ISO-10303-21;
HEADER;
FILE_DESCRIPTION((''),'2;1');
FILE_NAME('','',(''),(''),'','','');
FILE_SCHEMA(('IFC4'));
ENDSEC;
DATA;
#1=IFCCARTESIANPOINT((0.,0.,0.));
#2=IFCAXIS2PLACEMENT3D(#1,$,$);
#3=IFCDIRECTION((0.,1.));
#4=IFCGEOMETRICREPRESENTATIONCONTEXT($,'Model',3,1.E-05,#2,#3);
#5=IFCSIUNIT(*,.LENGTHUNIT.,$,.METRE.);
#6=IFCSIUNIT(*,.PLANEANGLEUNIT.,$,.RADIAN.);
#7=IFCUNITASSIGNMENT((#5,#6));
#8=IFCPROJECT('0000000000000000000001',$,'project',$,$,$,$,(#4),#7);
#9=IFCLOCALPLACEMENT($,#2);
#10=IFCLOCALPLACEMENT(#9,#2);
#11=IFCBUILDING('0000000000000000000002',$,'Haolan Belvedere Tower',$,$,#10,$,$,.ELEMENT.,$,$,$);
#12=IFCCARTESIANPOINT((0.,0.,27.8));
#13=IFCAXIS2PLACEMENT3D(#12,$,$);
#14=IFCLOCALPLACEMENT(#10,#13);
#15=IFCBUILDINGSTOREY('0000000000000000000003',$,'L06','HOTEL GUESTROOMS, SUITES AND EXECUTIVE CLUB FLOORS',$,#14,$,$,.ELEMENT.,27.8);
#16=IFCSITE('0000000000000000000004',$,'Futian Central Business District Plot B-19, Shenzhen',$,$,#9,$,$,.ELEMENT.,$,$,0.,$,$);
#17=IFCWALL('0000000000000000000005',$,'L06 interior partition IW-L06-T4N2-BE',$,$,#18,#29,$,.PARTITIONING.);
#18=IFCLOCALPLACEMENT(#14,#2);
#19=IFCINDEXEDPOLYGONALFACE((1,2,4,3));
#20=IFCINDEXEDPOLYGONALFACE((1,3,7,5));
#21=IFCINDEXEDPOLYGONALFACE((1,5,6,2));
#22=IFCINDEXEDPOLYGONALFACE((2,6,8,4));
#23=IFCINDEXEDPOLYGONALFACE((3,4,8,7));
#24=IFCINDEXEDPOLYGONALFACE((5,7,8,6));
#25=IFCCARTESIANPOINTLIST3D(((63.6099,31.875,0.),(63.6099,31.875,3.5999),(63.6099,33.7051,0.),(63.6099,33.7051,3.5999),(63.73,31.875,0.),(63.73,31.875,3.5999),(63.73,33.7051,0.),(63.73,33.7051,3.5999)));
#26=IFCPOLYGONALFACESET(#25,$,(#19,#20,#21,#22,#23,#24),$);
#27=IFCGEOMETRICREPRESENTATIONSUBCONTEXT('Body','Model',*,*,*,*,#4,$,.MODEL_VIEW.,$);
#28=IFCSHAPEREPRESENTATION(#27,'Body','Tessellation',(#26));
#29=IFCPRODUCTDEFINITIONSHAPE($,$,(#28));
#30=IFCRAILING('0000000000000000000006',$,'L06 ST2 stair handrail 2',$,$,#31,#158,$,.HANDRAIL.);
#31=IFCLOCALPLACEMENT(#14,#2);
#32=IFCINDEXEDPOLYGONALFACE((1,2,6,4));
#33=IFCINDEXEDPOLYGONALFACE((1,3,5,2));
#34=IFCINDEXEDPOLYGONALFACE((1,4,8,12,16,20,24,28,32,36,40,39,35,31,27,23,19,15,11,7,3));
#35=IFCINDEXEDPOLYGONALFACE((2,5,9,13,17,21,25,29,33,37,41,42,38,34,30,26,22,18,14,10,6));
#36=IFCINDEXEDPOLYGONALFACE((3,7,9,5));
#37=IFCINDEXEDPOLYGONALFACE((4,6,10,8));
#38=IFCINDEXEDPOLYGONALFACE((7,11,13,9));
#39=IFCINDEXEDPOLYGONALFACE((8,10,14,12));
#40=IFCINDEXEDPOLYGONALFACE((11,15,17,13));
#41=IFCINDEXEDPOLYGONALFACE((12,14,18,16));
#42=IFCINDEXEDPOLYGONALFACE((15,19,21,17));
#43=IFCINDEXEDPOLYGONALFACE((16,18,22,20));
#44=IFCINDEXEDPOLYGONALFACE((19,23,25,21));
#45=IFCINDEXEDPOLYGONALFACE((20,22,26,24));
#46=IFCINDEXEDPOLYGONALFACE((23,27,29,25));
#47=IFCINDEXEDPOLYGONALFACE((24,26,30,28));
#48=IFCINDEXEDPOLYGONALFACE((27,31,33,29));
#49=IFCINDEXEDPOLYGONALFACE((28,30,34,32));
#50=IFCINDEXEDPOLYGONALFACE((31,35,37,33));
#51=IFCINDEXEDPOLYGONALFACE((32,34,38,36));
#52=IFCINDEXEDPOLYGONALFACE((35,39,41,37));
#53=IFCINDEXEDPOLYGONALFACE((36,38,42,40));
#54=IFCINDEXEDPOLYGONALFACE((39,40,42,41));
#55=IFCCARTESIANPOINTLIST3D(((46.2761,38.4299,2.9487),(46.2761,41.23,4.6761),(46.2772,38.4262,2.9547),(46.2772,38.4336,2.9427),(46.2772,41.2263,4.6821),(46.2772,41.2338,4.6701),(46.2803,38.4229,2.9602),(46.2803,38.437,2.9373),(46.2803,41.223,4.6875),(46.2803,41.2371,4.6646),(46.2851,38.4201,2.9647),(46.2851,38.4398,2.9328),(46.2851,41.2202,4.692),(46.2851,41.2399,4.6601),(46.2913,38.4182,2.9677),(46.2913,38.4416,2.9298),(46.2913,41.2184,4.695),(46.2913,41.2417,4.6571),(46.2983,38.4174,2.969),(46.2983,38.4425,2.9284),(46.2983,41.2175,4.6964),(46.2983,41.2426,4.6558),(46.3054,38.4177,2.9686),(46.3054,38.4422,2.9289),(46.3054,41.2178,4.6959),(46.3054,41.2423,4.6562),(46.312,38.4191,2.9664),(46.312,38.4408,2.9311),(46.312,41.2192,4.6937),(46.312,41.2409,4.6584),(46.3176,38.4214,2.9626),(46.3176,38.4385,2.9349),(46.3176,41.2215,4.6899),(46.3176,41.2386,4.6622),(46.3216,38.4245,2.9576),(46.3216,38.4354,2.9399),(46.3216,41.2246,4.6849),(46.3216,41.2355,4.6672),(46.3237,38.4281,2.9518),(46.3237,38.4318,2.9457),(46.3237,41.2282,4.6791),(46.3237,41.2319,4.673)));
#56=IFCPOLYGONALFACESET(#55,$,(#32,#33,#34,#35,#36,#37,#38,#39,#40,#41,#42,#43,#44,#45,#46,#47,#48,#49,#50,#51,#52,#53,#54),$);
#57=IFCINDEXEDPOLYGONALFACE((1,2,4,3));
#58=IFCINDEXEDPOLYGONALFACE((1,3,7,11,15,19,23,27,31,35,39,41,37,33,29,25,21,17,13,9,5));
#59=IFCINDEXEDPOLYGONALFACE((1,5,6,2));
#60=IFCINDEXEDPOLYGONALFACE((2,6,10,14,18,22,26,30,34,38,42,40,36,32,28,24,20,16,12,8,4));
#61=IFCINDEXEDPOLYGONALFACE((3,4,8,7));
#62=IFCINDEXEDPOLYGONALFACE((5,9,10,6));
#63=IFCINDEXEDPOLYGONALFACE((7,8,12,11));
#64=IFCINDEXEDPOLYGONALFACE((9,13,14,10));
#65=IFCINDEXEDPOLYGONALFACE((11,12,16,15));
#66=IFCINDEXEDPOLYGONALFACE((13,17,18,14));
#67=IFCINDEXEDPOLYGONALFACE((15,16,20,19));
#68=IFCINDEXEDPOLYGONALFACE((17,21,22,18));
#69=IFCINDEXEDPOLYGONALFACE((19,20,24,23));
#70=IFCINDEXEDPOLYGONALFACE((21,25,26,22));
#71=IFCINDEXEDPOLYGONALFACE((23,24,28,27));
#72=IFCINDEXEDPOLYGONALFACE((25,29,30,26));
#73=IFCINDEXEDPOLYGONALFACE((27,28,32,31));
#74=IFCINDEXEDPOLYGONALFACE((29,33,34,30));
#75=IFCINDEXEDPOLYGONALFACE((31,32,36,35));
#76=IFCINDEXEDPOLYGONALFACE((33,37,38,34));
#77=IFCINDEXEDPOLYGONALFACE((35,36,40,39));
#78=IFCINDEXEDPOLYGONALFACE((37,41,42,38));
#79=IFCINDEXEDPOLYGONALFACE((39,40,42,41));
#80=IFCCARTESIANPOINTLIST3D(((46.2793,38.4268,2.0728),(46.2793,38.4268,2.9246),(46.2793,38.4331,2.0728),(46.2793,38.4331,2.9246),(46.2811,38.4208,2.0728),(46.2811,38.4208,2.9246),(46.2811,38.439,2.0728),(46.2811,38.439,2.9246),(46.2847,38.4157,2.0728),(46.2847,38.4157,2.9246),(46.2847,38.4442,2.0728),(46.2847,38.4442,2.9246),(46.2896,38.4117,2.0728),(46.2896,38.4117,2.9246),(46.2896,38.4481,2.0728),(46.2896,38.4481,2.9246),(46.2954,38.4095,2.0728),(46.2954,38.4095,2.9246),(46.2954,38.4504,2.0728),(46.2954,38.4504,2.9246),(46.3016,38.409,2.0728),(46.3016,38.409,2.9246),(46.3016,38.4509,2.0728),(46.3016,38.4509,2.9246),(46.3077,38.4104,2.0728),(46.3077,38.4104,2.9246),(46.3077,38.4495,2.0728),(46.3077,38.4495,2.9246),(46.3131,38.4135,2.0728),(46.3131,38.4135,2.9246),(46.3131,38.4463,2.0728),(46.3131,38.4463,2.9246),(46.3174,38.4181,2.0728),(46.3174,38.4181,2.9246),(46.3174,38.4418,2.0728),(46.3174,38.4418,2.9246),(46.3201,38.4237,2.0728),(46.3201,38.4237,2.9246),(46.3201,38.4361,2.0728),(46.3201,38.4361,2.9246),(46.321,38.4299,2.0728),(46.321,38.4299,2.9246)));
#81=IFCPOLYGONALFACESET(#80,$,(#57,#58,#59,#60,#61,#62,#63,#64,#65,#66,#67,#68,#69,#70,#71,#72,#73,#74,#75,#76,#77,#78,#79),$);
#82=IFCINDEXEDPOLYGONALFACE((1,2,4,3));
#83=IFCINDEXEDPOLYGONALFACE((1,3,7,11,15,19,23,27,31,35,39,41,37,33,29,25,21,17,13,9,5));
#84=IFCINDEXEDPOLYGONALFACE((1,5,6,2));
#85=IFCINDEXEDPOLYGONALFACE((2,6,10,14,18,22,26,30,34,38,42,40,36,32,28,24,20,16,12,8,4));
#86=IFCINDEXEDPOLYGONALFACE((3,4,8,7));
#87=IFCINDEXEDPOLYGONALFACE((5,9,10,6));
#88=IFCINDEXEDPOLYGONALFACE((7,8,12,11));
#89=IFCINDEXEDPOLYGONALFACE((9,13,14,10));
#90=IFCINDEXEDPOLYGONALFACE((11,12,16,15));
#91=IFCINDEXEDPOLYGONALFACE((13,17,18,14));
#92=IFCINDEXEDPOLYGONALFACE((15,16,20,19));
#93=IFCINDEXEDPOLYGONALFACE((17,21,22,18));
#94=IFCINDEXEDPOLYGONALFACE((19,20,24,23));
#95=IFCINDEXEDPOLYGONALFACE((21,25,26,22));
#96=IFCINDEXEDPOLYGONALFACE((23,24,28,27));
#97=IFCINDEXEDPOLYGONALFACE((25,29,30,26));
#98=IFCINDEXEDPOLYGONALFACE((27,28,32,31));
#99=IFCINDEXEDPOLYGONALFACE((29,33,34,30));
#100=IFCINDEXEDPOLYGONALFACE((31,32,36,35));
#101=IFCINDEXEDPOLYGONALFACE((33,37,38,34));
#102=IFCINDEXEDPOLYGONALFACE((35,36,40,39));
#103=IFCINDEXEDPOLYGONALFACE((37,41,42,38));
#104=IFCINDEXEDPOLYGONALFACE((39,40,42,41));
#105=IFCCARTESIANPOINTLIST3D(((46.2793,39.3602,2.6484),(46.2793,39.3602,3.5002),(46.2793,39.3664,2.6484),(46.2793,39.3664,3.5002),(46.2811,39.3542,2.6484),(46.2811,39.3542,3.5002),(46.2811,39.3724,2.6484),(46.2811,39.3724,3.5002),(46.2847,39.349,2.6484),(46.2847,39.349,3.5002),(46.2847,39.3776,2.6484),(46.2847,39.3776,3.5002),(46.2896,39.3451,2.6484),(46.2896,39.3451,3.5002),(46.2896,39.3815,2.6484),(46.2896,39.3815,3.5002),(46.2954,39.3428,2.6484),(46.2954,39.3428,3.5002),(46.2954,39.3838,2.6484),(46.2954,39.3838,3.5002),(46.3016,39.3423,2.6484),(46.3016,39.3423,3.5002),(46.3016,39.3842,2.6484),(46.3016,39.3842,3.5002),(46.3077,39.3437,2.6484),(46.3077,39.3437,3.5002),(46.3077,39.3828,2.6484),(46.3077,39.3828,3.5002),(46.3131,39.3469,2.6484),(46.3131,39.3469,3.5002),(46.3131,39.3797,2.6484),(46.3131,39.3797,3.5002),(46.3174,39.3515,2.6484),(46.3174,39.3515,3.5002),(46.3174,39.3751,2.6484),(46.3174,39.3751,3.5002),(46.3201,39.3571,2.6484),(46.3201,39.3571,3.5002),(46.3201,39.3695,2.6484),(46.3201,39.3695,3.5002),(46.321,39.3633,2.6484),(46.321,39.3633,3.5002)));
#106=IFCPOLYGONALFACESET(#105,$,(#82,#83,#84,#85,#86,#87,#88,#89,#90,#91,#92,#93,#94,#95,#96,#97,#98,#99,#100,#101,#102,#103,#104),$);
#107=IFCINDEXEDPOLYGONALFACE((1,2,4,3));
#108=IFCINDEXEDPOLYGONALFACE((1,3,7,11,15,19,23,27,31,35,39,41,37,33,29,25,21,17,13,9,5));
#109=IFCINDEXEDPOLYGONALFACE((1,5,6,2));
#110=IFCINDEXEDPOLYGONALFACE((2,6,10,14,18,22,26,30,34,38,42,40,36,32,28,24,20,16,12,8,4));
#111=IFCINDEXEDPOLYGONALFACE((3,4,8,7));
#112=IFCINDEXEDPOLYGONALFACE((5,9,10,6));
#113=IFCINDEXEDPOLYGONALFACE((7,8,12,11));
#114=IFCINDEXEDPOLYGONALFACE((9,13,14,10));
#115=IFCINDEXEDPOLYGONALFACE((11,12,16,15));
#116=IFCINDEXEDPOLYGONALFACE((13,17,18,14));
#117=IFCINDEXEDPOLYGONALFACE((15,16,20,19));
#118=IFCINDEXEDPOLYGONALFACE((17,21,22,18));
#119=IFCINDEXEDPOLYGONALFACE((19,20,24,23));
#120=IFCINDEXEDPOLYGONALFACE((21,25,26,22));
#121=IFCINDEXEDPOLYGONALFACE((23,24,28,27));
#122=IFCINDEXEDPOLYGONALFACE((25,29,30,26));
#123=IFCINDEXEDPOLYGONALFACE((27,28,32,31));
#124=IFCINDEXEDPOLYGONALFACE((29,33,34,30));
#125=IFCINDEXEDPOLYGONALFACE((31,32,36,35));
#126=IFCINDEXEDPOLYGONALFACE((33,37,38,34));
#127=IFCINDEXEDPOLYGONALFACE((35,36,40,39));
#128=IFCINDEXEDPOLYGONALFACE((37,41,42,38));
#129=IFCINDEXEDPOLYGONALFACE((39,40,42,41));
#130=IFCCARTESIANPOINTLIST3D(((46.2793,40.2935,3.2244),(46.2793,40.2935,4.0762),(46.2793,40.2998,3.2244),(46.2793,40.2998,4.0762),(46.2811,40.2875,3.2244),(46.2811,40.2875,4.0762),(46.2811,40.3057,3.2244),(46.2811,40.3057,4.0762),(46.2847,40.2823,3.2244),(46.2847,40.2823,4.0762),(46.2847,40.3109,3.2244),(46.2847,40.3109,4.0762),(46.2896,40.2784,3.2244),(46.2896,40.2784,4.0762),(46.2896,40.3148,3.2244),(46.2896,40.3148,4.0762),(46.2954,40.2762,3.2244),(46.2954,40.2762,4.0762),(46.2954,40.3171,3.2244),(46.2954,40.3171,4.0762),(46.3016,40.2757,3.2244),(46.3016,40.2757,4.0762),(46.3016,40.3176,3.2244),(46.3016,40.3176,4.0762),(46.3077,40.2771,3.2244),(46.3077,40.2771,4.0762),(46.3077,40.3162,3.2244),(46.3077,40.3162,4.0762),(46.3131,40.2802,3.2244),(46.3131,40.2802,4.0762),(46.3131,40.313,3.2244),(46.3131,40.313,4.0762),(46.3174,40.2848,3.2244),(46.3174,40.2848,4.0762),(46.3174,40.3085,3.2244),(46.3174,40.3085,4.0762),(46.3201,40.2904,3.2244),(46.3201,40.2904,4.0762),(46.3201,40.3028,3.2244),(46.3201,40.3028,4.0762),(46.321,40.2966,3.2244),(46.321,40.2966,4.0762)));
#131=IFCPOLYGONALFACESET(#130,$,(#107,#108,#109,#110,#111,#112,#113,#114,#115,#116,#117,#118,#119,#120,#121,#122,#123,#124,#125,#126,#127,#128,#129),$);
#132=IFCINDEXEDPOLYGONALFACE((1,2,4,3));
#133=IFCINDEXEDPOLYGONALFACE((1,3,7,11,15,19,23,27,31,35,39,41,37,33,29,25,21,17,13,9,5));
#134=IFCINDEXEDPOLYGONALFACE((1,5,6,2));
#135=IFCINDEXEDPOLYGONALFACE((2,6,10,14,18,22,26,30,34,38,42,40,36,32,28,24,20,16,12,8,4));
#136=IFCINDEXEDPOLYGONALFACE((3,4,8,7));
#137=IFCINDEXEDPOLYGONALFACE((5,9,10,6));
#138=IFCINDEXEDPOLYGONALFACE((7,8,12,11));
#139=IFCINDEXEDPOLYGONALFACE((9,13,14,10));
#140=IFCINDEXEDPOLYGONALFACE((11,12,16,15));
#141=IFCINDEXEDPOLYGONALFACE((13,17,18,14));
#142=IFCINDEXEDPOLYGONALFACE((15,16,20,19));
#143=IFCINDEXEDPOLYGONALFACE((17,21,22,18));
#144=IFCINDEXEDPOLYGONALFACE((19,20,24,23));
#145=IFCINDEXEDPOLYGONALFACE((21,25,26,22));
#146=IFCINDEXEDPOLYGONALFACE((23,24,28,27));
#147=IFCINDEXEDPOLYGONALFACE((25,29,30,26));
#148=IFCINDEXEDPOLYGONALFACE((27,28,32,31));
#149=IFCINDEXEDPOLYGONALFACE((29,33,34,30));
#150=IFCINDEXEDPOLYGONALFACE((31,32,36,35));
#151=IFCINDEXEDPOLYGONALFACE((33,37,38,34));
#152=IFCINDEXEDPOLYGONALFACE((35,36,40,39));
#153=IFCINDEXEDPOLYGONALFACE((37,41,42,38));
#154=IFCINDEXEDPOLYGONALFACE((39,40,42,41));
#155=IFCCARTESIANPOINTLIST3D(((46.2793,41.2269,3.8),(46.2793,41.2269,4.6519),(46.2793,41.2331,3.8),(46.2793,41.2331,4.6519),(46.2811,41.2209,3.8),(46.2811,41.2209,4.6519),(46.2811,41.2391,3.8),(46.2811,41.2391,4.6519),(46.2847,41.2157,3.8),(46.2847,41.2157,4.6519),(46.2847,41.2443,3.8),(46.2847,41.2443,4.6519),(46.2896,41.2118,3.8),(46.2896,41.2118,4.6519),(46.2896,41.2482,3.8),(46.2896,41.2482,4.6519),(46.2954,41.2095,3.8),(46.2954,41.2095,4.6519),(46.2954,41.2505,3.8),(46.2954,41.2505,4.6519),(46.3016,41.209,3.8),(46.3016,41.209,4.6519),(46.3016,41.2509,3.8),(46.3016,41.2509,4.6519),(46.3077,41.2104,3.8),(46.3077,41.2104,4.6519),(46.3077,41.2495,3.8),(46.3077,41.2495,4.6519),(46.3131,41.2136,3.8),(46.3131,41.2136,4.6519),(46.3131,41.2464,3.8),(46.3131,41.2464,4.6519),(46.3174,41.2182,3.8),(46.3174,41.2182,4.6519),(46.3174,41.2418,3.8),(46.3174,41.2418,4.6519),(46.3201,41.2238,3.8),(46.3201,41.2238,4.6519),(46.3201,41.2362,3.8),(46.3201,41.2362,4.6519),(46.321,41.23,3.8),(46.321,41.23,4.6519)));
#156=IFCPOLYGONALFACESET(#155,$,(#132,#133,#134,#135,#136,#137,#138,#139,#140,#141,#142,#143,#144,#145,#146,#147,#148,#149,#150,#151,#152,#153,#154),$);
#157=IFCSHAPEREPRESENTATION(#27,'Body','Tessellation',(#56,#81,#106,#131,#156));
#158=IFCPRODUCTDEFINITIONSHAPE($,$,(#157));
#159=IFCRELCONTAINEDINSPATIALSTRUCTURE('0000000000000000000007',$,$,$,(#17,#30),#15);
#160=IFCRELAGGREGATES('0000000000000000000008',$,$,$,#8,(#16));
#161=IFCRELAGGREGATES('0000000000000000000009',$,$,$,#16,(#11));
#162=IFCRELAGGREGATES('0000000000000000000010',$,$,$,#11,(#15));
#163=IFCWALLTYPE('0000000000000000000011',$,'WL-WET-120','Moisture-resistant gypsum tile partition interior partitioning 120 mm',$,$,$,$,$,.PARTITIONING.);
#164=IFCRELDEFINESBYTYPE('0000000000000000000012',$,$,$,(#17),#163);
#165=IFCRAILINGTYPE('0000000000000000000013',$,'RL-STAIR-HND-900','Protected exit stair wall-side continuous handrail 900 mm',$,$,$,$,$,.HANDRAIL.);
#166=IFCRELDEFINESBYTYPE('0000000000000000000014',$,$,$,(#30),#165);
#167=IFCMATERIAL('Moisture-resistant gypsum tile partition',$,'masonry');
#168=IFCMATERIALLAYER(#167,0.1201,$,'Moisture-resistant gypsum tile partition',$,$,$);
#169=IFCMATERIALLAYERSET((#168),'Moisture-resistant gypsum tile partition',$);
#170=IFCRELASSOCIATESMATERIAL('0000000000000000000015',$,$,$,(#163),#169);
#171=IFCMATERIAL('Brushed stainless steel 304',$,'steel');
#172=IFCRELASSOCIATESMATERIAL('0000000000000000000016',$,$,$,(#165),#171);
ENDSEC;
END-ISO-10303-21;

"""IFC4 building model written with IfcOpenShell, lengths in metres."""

from ifc_helpers import new_model, si_unit, direction, frame, frame_2d, origin, origin_2d, place, context, subcontext, project, spatial, rectangle, circle, extrude, material, layer, layer_set, type_object, element, save


model = new_model("IFC4")

# Units and contexts
model_context = context("Model", 3, precision=1e-05, world=origin(), true_north=direction((0.0, 1.0)))
body_context = subcontext(model_context, "Body", "Model", "MODEL_VIEW")
ifc_project = project(units=[si_unit("LENGTHUNIT", "METRE"), si_unit("PLANEANGLEUNIT", "RADIAN")], contexts=[model_context])

# Site, building, storey
site_placement = place(None, origin())
site = spatial("IfcSite", under=ifc_project, at=site_placement, Name="Futian Central Business District Plot B-19, Shenzhen", CompositionType="ELEMENT", RefElevation=0.0)
building_placement = place(site_placement, origin())
building = spatial("IfcBuilding", under=site, at=building_placement, Name="Haolan Belvedere Tower", CompositionType="ELEMENT")
storey_placement = place(building_placement, frame((0.0, 0.0, 27.8)))
storey = spatial("IfcBuildingStorey", under=building, at=storey_placement, Name="L06", Description="HOTEL GUESTROOMS, SUITES AND EXECUTIVE CLUB FLOORS", CompositionType="ELEMENT", Elevation=27.8)

# Wall
ifc_material_1 = material(Name="Moisture-resistant gypsum tile partition", Category="masonry")
ifc_layer_1 = layer(ifc_material_1, 0.1201, Name="Moisture-resistant gypsum tile partition")
ifc_layer_set_1 = layer_set([ifc_layer_1], Name="Moisture-resistant gypsum tile partition")
wall_type_1 = type_object("IfcWallType", Name="WL-WET-120", Description="Moisture-resistant gypsum tile partition interior partitioning 120 mm", PredefinedType="PARTITIONING", material=ifc_layer_set_1)
for number, where, z_axis, x_axis, name in (
    (1, (63.6699, 31.875, 0.0), (0.0, 0.0, 1.0), (0.0, 1.0, 0.0), "L06 interior partition IW-L06-T4N2-BE"),
):
    element("IfcWall", number, at=place(storey_placement, frame(where, z_axis=z_axis, x_axis=x_axis)), inside=storey, type_object=wall_type_1, Name=name, PredefinedType="PARTITIONING", context=body_context, shape_type="SweptSolid", body=[
        extrude(rectangle(XDim=1.8301, YDim=0.1201, at=frame_2d((0.915, 0.0))), origin(), (0.0, 0.0, 1.0), 3.5999),
    ])

# Railing
ifc_material_2 = material(Name="Brushed stainless steel 304", Category="steel")
railing_type = type_object("IfcRailingType", Name="RL-STAIR-HND-900", Description="Protected exit stair wall-side continuous handrail 900 mm", PredefinedType="HANDRAIL", material=ifc_material_2)
railing_placement = place(storey_placement, frame((46.3, 38.4299, 2.0728)))
element("IfcRailing", 2, at=railing_placement, inside=storey, type_object=railing_type, Name="L06 ST2 stair handrail 2", PredefinedType="HANDRAIL", context=body_context, shape_type="SweptSolid", body=[
    extrude(circle(Radius=0.0239, at=origin_2d()), frame((0.0, 0.0, 0.876), z_axis=(0.0, 0.85109, 0.52502), x_axis=(-1.0, 0.0, 0.0)), (0.0, 0.0, 1.0), 3.29),
    extrude(circle(Radius=0.021, at=origin_2d()), origin(), (0.0, 0.0, 1.0), 0.8518),
    extrude(circle(Radius=0.021, at=origin_2d()), frame((0.0, 0.9333, 0.5757)), (0.0, 0.0, 1.0), 0.8518),
    extrude(circle(Radius=0.021, at=origin_2d()), frame((0.0, 1.8667, 1.1516)), (0.0, 0.0, 1.0), 0.8518),
    extrude(circle(Radius=0.021, at=origin_2d()), frame((0.0, 2.8, 1.7273)), (0.0, 0.0, 1.0), 0.8518),
])

save(model, "model.ifc")
